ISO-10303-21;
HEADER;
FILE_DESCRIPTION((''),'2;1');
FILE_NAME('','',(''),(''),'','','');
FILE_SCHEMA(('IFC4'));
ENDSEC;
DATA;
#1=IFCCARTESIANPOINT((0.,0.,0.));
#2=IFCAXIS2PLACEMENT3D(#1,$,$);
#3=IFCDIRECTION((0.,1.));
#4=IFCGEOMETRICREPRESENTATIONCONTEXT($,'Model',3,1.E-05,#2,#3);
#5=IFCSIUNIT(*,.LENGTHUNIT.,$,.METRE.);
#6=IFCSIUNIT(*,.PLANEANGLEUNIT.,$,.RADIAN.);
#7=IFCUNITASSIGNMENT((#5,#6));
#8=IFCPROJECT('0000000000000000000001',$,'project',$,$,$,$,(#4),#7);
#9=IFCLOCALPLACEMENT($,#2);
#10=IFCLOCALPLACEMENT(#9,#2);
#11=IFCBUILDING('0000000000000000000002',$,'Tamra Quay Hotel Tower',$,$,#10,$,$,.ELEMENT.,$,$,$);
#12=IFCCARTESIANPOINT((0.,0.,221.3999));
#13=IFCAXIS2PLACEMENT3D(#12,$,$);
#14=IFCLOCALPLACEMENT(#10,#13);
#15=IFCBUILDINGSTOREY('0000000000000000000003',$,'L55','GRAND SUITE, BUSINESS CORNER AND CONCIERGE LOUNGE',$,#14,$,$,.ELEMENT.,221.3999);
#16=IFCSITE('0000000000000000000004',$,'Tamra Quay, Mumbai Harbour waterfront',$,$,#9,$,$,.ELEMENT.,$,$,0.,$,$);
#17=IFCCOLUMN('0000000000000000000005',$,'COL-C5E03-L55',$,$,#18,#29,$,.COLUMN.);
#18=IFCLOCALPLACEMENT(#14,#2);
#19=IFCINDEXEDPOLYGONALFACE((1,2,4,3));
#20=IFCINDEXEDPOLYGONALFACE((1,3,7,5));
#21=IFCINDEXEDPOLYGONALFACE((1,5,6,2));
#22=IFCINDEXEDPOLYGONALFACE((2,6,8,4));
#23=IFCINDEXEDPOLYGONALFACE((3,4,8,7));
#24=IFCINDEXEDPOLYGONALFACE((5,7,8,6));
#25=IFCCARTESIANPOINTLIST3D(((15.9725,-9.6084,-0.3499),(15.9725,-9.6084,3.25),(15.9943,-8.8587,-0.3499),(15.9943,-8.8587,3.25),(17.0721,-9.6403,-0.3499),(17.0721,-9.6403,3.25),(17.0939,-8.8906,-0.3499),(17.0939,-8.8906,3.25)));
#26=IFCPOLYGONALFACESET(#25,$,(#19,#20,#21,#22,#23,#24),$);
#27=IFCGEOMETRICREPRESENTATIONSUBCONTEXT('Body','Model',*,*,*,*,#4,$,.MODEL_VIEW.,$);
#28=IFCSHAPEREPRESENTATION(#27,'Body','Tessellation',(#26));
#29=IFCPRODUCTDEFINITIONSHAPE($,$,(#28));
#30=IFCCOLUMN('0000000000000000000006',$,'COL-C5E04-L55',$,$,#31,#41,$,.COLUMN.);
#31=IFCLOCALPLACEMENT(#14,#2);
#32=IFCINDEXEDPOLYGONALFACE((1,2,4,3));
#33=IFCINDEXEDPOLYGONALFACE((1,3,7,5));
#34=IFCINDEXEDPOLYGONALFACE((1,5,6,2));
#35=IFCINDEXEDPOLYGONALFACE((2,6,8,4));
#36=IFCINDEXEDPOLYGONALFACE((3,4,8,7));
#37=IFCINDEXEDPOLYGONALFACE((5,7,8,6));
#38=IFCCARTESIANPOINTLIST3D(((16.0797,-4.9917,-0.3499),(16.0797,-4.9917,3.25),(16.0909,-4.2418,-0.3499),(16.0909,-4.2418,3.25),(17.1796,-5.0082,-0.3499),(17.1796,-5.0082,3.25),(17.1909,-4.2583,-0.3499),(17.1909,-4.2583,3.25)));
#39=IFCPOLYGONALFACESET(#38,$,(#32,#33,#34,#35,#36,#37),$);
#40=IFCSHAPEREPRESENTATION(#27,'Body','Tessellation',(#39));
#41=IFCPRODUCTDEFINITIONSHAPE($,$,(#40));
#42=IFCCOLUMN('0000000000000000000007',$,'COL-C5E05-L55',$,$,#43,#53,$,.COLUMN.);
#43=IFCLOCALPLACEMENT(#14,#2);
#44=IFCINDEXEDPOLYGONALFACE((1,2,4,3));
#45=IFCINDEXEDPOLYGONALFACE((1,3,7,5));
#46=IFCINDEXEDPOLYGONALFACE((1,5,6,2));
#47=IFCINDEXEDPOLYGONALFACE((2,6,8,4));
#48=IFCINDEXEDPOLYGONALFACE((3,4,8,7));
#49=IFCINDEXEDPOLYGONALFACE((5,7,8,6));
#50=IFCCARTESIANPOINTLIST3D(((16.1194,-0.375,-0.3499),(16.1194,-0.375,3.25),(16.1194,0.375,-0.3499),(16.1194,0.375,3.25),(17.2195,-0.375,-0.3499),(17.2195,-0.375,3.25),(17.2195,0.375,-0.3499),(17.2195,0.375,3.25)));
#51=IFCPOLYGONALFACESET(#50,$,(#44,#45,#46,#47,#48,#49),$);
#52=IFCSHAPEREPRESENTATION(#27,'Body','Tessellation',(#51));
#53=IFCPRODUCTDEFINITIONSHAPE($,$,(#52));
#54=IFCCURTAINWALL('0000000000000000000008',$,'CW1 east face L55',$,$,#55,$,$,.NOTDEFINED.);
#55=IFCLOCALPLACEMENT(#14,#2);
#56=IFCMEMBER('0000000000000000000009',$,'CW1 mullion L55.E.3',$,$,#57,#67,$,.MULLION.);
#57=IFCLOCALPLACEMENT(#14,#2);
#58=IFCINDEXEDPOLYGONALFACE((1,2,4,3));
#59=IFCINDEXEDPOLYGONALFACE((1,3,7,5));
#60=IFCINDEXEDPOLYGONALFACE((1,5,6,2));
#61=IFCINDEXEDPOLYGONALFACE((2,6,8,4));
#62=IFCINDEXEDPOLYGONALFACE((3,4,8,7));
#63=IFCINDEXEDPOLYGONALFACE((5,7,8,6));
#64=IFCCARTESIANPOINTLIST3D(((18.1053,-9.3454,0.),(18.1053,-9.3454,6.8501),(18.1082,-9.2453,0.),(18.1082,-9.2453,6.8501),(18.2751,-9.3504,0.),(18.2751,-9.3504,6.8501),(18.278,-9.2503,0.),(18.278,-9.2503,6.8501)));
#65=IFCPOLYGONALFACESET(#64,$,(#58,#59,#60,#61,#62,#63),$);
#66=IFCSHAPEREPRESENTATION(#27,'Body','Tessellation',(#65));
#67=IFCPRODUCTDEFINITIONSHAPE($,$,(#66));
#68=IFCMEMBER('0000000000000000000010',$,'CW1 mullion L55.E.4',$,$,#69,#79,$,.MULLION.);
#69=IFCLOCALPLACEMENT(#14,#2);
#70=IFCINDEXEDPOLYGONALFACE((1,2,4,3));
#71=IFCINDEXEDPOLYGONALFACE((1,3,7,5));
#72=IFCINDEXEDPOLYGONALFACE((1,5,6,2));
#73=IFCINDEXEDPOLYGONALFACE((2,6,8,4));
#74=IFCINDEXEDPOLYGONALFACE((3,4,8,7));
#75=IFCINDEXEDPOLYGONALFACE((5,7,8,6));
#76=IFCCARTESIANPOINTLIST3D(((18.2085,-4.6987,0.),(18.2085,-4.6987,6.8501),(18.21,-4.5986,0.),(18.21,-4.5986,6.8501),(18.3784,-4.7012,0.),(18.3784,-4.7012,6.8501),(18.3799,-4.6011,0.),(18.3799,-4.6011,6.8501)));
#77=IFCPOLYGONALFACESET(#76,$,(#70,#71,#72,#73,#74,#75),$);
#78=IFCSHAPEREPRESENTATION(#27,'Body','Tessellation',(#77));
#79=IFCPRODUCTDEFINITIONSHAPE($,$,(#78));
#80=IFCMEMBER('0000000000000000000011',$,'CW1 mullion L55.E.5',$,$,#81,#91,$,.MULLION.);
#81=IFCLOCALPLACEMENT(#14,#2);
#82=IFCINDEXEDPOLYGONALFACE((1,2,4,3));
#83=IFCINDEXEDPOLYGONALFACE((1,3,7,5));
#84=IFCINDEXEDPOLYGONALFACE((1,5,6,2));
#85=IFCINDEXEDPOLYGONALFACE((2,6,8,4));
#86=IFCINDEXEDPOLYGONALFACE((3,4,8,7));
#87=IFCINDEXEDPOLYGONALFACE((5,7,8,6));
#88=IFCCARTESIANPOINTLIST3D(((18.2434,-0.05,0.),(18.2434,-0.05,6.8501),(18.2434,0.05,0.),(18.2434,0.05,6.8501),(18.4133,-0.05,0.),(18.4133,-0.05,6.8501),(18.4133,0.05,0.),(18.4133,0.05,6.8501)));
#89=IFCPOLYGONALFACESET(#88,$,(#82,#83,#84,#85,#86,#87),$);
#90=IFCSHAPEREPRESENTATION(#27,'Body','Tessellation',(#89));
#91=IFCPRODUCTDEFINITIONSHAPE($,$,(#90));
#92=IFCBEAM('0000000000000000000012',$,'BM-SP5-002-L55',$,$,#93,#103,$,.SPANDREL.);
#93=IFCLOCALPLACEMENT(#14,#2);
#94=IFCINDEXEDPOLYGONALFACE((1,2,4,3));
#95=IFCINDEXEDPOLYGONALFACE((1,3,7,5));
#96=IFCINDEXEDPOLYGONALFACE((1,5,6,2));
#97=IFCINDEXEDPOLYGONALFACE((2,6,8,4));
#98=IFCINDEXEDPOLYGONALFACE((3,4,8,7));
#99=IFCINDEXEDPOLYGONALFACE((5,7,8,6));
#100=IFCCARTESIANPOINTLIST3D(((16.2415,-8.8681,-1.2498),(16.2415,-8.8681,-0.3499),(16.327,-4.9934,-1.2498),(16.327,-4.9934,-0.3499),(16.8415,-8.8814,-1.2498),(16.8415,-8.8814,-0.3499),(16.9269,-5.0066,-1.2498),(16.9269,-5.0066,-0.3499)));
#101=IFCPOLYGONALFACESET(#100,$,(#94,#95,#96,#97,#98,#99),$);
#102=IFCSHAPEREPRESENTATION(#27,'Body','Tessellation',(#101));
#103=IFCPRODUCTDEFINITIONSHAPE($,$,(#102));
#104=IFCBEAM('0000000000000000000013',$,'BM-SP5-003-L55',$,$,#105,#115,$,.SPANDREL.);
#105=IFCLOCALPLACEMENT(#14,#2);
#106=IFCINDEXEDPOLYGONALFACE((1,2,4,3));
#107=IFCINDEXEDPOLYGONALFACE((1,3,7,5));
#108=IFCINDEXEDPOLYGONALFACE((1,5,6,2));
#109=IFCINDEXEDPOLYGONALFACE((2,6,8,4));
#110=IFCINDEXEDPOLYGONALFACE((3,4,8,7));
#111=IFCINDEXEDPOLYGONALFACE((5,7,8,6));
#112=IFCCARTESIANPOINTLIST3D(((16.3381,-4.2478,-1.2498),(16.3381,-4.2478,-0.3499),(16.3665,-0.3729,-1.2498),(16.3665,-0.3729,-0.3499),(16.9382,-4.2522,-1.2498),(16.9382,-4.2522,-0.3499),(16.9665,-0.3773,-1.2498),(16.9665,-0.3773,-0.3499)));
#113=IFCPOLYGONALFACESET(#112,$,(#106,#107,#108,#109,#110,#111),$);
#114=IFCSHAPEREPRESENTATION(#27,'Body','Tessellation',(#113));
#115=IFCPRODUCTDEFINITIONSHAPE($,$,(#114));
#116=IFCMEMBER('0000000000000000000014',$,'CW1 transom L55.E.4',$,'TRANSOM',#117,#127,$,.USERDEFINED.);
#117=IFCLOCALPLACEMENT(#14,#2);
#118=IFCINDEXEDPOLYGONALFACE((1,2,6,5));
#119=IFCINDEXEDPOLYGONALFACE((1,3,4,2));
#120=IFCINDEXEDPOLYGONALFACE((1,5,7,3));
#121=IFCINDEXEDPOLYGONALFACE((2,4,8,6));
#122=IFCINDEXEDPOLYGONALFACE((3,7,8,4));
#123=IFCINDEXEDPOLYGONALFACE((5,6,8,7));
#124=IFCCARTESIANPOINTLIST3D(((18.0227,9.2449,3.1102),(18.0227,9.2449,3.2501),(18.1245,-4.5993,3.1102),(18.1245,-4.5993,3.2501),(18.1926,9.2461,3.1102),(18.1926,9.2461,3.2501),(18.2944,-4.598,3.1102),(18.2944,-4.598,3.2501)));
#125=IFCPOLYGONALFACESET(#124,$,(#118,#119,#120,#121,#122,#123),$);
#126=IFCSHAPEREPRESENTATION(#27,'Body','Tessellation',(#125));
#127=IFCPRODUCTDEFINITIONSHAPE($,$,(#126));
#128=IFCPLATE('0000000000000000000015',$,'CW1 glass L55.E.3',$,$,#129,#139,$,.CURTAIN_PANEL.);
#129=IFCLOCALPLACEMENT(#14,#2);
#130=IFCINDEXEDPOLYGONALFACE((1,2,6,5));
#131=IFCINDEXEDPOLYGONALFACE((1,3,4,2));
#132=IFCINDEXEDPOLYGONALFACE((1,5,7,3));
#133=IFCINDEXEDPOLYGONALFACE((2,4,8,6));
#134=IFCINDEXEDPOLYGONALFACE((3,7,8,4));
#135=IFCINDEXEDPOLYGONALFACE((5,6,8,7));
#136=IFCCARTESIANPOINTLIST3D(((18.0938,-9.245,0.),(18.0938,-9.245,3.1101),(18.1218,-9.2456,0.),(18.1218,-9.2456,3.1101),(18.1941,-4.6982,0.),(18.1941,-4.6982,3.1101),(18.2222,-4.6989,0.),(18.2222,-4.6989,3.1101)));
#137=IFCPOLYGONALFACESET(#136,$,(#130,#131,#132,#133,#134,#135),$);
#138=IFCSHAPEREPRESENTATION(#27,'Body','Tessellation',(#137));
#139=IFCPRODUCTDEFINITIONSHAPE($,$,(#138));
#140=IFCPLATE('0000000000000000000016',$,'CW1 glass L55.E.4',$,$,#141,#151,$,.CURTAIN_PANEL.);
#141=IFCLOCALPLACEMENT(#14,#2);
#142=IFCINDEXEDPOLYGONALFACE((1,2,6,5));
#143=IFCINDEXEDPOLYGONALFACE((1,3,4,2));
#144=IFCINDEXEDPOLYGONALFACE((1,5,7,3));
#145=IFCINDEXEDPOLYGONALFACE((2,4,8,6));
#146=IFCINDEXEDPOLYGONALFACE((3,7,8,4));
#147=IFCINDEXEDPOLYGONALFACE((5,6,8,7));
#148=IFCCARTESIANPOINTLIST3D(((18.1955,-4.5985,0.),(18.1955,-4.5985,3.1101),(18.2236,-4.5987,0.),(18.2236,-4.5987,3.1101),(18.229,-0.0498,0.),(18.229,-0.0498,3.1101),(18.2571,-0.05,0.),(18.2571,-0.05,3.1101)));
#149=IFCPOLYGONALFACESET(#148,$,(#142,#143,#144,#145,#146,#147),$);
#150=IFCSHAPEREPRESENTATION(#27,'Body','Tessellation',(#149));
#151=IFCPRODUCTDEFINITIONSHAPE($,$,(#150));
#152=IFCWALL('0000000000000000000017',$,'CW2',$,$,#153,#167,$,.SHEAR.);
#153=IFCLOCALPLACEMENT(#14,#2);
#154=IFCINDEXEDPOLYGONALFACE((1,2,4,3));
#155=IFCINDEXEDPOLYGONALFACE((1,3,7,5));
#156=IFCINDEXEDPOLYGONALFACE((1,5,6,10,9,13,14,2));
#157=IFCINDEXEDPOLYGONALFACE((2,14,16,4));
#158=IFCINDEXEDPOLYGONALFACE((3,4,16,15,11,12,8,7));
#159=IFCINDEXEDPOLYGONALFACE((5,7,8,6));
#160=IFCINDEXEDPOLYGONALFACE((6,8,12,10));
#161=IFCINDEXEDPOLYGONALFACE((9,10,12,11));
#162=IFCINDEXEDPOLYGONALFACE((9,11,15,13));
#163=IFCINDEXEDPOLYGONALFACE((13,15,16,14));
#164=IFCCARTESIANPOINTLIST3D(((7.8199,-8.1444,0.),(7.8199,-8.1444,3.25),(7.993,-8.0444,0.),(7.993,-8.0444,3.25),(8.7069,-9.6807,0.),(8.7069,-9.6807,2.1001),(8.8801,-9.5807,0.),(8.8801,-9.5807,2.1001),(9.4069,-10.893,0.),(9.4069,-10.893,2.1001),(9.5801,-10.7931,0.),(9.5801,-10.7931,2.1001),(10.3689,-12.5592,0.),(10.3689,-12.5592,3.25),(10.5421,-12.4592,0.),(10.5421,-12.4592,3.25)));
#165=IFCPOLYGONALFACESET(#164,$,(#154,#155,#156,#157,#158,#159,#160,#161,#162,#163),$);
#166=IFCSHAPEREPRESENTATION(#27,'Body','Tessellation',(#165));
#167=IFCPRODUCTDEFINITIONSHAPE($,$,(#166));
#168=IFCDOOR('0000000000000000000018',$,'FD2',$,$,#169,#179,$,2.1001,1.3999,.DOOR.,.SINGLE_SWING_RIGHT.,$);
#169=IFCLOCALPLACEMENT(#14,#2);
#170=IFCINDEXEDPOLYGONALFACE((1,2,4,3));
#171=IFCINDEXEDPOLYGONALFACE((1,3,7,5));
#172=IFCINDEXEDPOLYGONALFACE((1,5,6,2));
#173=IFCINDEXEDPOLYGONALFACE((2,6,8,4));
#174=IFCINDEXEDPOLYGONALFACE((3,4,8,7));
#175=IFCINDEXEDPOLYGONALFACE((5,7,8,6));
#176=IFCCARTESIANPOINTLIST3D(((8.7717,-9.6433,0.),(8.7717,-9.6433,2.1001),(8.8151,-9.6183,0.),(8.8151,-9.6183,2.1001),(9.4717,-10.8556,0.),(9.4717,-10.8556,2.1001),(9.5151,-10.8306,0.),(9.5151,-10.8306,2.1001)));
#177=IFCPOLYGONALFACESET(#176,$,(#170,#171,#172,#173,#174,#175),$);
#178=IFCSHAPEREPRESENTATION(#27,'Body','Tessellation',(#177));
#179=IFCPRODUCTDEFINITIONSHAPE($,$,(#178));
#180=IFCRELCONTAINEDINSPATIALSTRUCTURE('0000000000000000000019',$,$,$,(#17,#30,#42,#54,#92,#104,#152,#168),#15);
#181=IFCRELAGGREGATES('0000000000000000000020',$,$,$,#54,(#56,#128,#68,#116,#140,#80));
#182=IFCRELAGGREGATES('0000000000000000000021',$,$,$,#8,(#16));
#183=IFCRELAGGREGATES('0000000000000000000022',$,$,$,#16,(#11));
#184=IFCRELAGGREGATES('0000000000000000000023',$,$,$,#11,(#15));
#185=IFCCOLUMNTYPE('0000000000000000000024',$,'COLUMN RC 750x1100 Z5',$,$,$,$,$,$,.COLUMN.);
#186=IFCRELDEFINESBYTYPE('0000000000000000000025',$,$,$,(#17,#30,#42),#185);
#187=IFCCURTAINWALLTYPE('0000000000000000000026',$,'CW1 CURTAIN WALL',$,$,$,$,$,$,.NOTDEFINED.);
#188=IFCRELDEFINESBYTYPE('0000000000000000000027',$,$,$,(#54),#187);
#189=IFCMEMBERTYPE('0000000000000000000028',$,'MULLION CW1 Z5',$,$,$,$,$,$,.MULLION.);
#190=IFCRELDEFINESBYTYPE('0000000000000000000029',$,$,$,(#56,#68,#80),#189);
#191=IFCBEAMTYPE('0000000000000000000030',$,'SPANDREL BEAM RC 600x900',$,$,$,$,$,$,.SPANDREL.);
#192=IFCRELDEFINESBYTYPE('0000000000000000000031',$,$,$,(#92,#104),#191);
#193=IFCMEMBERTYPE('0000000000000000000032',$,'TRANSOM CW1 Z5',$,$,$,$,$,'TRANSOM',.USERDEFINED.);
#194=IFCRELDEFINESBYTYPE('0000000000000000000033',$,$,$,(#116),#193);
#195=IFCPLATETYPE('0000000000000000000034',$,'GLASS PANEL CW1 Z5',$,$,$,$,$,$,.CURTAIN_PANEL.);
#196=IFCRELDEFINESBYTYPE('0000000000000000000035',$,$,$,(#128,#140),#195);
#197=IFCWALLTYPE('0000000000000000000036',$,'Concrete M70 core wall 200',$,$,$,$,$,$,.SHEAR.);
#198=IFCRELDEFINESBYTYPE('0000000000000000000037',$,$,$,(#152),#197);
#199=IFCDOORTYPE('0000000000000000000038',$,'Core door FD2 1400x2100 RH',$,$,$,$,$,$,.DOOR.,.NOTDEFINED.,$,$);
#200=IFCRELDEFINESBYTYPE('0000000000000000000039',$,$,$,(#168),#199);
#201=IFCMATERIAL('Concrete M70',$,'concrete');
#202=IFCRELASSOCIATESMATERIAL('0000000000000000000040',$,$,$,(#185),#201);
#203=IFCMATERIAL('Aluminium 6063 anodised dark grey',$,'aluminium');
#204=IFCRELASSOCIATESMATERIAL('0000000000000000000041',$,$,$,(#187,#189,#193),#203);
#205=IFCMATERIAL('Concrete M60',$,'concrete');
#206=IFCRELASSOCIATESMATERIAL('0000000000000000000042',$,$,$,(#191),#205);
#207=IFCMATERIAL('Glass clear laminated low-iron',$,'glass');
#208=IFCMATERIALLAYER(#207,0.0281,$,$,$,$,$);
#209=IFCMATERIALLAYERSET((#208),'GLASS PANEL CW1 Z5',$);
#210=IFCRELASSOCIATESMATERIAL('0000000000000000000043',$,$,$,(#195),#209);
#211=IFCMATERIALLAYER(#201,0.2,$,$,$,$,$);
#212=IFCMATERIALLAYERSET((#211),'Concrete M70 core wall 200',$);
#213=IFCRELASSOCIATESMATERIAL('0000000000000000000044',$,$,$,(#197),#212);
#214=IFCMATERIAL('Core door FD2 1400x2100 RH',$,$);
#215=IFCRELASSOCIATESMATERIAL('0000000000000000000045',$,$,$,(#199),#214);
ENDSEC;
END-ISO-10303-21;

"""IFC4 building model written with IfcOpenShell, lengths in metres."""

from ifc_helpers import new_model, si_unit, direction, frame, frame_2d, origin, origin_2d, place, context, subcontext, project, spatial, rectangle, extrude, material, layer, layer_set, material_profile, profile_set, type_object, element, fill, aggregate, save


model = new_model("IFC4")

# Units and contexts
model_context = context("Model", 3, precision=1e-05, world=origin(), true_north=direction((0.0, 1.0)))
body_context = subcontext(model_context, "Body", "Model", "MODEL_VIEW")
ifc_project = project(units=[si_unit("LENGTHUNIT", "METRE"), si_unit("PLANEANGLEUNIT", "RADIAN")], contexts=[model_context])

# Site, building, storey
site_placement = place(None, origin())
site = spatial("IfcSite", under=ifc_project, at=site_placement, Name="Tamra Quay, Mumbai Harbour waterfront", CompositionType="ELEMENT", RefElevation=0.0)
building_placement = place(site_placement, origin())
building = spatial("IfcBuilding", under=site, at=building_placement, Name="Tamra Quay Hotel Tower", CompositionType="ELEMENT")
storey_placement = place(building_placement, frame((0.0, 0.0, 221.3999)))
storey = spatial("IfcBuildingStorey", under=building, at=storey_placement, Name="L55", Description="GRAND SUITE, BUSINESS CORNER AND CONCIERGE LOUNGE", CompositionType="ELEMENT", Elevation=221.3999)

# Columns
ifc_material_1 = material(Name="Concrete M70", Category="concrete")
ifc_material_profile_1 = material_profile(ifc_material_1, rectangle(XDim=1.1001, YDim=0.75, at=origin_2d()), Name="COLUMN RC 750x1100 Z5")
ifc_profile_set_1 = profile_set([ifc_material_profile_1], Name="Concrete M70")
column_type = type_object("IfcColumnType", Name="COLUMN RC 750x1100 Z5", PredefinedType="COLUMN", material=ifc_profile_set_1)
for number, where, z_axis, x_axis, name in (
    (1, (16.5332, -9.2495, -0.3499), (0.0, 0.0, 1.0), (-0.999579, 0.029028, 0.0), "COL-C5E03-L55"),
    (2, (16.6353, -4.625, -0.3499), (0.0, 0.0, 1.0), (-0.999888, 0.014959, 0.0), "COL-C5E04-L55"),
    (3, (16.6694, 0.0, -0.3499), (0.0, 0.0, 1.0), (1.0, 0.0, 0.0), "COL-C5E05-L55"),
):
    element("IfcColumn", number, at=place(storey_placement, frame(where, z_axis=z_axis, x_axis=x_axis)), inside=storey, type_object=column_type, Name=name, PredefinedType="COLUMN", context=body_context, shape_type="SweptSolid", body=[
        extrude(rectangle(XDim=1.1001, YDim=0.75, at=origin_2d()), origin(), (0.0, 0.0, 1.0), 3.5999),
    ])

# Curtain wall, members
ifc_material_2 = material(Name="Aluminium 6063 anodised dark grey", Category="aluminium")
curtain_wall_type = type_object("IfcCurtainWallType", Name="CW1 CURTAIN WALL", PredefinedType="NOTDEFINED", material=ifc_material_2)
curtain_wall_placement = place(storey_placement, origin())
curtain_wall = element("IfcCurtainWall", 4, at=curtain_wall_placement, inside=storey, type_object=curtain_wall_type, Name="CW1 east face L55", PredefinedType="NOTDEFINED")
ifc_material_profile_2 = material_profile(ifc_material_2, rectangle(XDim=0.1699, YDim=0.1001, at=origin_2d()), Name="MULLION 100X170")
ifc_profile_set_2 = profile_set([ifc_material_profile_2], Name="Aluminium 6063 anodised dark grey")
member_type_1 = type_object("IfcMemberType", Name="MULLION CW1 Z5", PredefinedType="MULLION", material=ifc_profile_set_2)
member_1_placement = place(storey_placement, frame((18.1917, -9.2979, 0.0), z_axis=(0.0, 0.0, 1.0), x_axis=(0.999568, -0.029405, 0.0)))
member_1 = element("IfcMember", 5, at=member_1_placement, type_object=member_type_1, Name="CW1 mullion L55.E.3", PredefinedType="MULLION", context=body_context, shape_type="SweptSolid", body=[
    extrude(rectangle(XDim=0.1699, YDim=0.1001, at=origin_2d()), origin(), (0.0, 0.0, 1.0), 6.8501),
])
member_2_placement = place(storey_placement, frame((18.2942, -4.6499, 0.0), z_axis=(0.0, 0.0, 1.0), x_axis=(0.999892, -0.014713, 0.0)))
member_2 = element("IfcMember", 6, at=member_2_placement, type_object=member_type_1, Name="CW1 mullion L55.E.4", PredefinedType="MULLION", context=body_context, shape_type="SweptSolid", body=[
    extrude(rectangle(XDim=0.1699, YDim=0.1001, at=origin_2d()), origin(), (0.0, 0.0, 1.0), 6.8501),
])
member_3_placement = place(storey_placement, frame((18.3284, 0.0, 0.0), z_axis=(0.0, 0.0, 1.0), x_axis=(1.0, 0.0, 0.0)))
member_3 = element("IfcMember", 7, at=member_3_placement, type_object=member_type_1, Name="CW1 mullion L55.E.5", PredefinedType="MULLION", context=body_context, shape_type="SweptSolid", body=[
    extrude(rectangle(XDim=0.1699, YDim=0.1001, at=origin_2d()), origin(), (0.0, 0.0, 1.0), 6.8501),
])

# Beams
ifc_material_3 = material(Name="Concrete M60", Category="concrete")
ifc_material_profile_3 = material_profile(ifc_material_3, rectangle(XDim=0.6001, YDim=0.8999, at=origin_2d()), Name="SPANDREL BEAM RC 600x900")
ifc_profile_set_3 = profile_set([ifc_material_profile_3], Name="Concrete M60")
beam_type = type_object("IfcBeamType", Name="SPANDREL BEAM RC 600x900", PredefinedType="SPANDREL", material=ifc_profile_set_3)
beam_1_placement = place(storey_placement, frame((16.5415, -8.8748, -0.7998), z_axis=(0.022047, 0.999757, 0.0), x_axis=(-0.999757, 0.022047, 0.0)))
element("IfcBeam", 8, at=beam_1_placement, inside=storey, type_object=beam_type, Name="BM-SP5-002-L55", PredefinedType="SPANDREL", context=body_context, shape_type="SweptSolid", body=[
    extrude(rectangle(XDim=0.6001, YDim=0.8999, at=origin_2d()), origin(), (0.0, 0.0, 1.0), 3.8757),
])
beam_2_placement = place(storey_placement, frame((16.6382, -4.25, -0.7998), z_axis=(0.007308, 0.999973, 0.0), x_axis=(-0.999973, 0.007308, 0.0)))
element("IfcBeam", 9, at=beam_2_placement, inside=storey, type_object=beam_type, Name="BM-SP5-003-L55", PredefinedType="SPANDREL", context=body_context, shape_type="SweptSolid", body=[
    extrude(rectangle(XDim=0.6001, YDim=0.8999, at=origin_2d()), origin(), (0.0, 0.0, 1.0), 3.875),
])

# Member
ifc_material_profile_4 = material_profile(ifc_material_2, rectangle(XDim=0.1699, YDim=0.1399, at=origin_2d()), Name="TRANSOM 170X140")
ifc_profile_set_4 = profile_set([ifc_material_profile_4], Name="Aluminium 6063 anodised dark grey")
member_type_2 = type_object("IfcMemberType", Name="TRANSOM CW1 Z5", ElementType="TRANSOM", PredefinedType="USERDEFINED", material=ifc_profile_set_4)
member_4_placement = place(storey_placement, frame((18.2095, -4.5986, 3.1802), z_axis=(-0.007354, 0.999973, 0.0), x_axis=(-0.999973, -0.007354, 0.0)))
member_4 = element("IfcMember", 10, at=member_4_placement, type_object=member_type_2, Name="CW1 transom L55.E.4", ObjectType="TRANSOM", PredefinedType="USERDEFINED", context=body_context, shape_type="SweptSolid", body=[
    extrude(rectangle(XDim=0.1699, YDim=0.1399, at=origin_2d()), origin(), (0.0, 0.0, 1.0), 13.8445),
])

# Plates
ifc_material_4 = material(Name="Glass clear laminated low-iron", Category="glass")
ifc_layer_1 = layer(ifc_material_4, 0.0281)
ifc_layer_set_1 = layer_set([ifc_layer_1], Name="GLASS PANEL CW1 Z5")
plate_type = type_object("IfcPlateType", Name="GLASS PANEL CW1 Z5", PredefinedType="CURTAIN_PANEL", material=ifc_layer_set_1)
plate_1_placement = place(storey_placement, frame((18.158, -6.9719, 0.0), z_axis=(0.0, 0.0, 1.0), x_axis=(0.022063, 0.999757, 0.0)))
plate_1 = element("IfcPlate", 11, at=plate_1_placement, type_object=plate_type, Name="CW1 glass L55.E.3", PredefinedType="CURTAIN_PANEL", context=body_context, shape_type="SweptSolid", body=[
    extrude(rectangle(XDim=4.5479, YDim=0.0281, at=origin_2d()), origin(), (0.0, 0.0, 1.0), 3.1101),
])
plate_2_placement = place(storey_placement, frame((18.2263, -2.3242, 0.0), z_axis=(0.0, 0.0, 1.0), x_axis=(0.007362, 0.999973, 0.0)))
plate_2 = element("IfcPlate", 12, at=plate_2_placement, type_object=plate_type, Name="CW1 glass L55.E.4", PredefinedType="CURTAIN_PANEL", context=body_context, shape_type="SweptSolid", body=[
    extrude(rectangle(XDim=4.5488, YDim=0.0281, at=origin_2d()), origin(), (0.0, 0.0, 1.0), 3.1101),
])
aggregate(curtain_wall, [member_1, plate_1, member_2, member_4, plate_2, member_3])

# Wall, opening, door
ifc_layer_2 = layer(ifc_material_1, 0.2)
ifc_layer_set_2 = layer_set([ifc_layer_2], Name="Concrete M70 core wall 200")
wall_type_1 = type_object("IfcWallType", Name="Concrete M70 core wall 200", PredefinedType="SHEAR", material=ifc_layer_set_2)
wall_1_placement = place(storey_placement, frame((7.9065, -8.0945, 0.0), z_axis=(0.0, 0.0, 1.0), x_axis=(0.500028, -0.866009, 0.0)))
wall_1 = element("IfcWall", 13, at=wall_1_placement, inside=storey, type_object=wall_type_1, Name="CW2", PredefinedType="SHEAR", context=body_context, shape_type="SweptSolid", body=[
    extrude(rectangle(XDim=5.0979, YDim=0.2, at=frame_2d((2.5488, 0.0))), origin(), (0.0, 0.0, 1.0), 3.25),
])
opening_1_placement = place(wall_1_placement, frame((1.7739, 0.0, 0.0)))
opening_1 = element("IfcOpeningElement", 14, at=opening_1_placement, cuts=wall_1, PredefinedType="OPENING", context=body_context, shape_type="SweptSolid", body=[
    extrude(rectangle(XDim=1.3999, YDim=2.1001, at=frame_2d((0.7, 1.05))), frame((0.0, 0.1099, 0.0), z_axis=(0.0, -1.0, 0.0), x_axis=(1.0, 0.0, 0.0)), (0.0, 0.0, 1.0), 0.22),
])
ifc_material_5 = material(Name="Core door FD2 1400x2100 RH")
door_type_1 = type_object("IfcDoorType", Name="Core door FD2 1400x2100 RH", OperationType="NOTDEFINED", PredefinedType="DOOR", material=ifc_material_5)
door_1_placement = place(opening_1_placement, origin())
door_1 = element("IfcDoor", 15, at=door_1_placement, inside=storey, type_object=door_type_1, Name="FD2", OperationType="SINGLE_SWING_RIGHT", OverallHeight=2.1001, OverallWidth=1.3999, PredefinedType="DOOR", context=body_context, shape_type="SweptSolid", body=[
    extrude(rectangle(XDim=1.3999, YDim=2.1001, at=frame_2d((0.7, 1.05))), frame((0.0, 0.0249, 0.0), z_axis=(0.0, -1.0, 0.0), x_axis=(1.0, 0.0, 0.0)), (0.0, 0.0, 1.0), 0.05),
])
fill(opening_1, door_1)

save(model, "model.ifc")
